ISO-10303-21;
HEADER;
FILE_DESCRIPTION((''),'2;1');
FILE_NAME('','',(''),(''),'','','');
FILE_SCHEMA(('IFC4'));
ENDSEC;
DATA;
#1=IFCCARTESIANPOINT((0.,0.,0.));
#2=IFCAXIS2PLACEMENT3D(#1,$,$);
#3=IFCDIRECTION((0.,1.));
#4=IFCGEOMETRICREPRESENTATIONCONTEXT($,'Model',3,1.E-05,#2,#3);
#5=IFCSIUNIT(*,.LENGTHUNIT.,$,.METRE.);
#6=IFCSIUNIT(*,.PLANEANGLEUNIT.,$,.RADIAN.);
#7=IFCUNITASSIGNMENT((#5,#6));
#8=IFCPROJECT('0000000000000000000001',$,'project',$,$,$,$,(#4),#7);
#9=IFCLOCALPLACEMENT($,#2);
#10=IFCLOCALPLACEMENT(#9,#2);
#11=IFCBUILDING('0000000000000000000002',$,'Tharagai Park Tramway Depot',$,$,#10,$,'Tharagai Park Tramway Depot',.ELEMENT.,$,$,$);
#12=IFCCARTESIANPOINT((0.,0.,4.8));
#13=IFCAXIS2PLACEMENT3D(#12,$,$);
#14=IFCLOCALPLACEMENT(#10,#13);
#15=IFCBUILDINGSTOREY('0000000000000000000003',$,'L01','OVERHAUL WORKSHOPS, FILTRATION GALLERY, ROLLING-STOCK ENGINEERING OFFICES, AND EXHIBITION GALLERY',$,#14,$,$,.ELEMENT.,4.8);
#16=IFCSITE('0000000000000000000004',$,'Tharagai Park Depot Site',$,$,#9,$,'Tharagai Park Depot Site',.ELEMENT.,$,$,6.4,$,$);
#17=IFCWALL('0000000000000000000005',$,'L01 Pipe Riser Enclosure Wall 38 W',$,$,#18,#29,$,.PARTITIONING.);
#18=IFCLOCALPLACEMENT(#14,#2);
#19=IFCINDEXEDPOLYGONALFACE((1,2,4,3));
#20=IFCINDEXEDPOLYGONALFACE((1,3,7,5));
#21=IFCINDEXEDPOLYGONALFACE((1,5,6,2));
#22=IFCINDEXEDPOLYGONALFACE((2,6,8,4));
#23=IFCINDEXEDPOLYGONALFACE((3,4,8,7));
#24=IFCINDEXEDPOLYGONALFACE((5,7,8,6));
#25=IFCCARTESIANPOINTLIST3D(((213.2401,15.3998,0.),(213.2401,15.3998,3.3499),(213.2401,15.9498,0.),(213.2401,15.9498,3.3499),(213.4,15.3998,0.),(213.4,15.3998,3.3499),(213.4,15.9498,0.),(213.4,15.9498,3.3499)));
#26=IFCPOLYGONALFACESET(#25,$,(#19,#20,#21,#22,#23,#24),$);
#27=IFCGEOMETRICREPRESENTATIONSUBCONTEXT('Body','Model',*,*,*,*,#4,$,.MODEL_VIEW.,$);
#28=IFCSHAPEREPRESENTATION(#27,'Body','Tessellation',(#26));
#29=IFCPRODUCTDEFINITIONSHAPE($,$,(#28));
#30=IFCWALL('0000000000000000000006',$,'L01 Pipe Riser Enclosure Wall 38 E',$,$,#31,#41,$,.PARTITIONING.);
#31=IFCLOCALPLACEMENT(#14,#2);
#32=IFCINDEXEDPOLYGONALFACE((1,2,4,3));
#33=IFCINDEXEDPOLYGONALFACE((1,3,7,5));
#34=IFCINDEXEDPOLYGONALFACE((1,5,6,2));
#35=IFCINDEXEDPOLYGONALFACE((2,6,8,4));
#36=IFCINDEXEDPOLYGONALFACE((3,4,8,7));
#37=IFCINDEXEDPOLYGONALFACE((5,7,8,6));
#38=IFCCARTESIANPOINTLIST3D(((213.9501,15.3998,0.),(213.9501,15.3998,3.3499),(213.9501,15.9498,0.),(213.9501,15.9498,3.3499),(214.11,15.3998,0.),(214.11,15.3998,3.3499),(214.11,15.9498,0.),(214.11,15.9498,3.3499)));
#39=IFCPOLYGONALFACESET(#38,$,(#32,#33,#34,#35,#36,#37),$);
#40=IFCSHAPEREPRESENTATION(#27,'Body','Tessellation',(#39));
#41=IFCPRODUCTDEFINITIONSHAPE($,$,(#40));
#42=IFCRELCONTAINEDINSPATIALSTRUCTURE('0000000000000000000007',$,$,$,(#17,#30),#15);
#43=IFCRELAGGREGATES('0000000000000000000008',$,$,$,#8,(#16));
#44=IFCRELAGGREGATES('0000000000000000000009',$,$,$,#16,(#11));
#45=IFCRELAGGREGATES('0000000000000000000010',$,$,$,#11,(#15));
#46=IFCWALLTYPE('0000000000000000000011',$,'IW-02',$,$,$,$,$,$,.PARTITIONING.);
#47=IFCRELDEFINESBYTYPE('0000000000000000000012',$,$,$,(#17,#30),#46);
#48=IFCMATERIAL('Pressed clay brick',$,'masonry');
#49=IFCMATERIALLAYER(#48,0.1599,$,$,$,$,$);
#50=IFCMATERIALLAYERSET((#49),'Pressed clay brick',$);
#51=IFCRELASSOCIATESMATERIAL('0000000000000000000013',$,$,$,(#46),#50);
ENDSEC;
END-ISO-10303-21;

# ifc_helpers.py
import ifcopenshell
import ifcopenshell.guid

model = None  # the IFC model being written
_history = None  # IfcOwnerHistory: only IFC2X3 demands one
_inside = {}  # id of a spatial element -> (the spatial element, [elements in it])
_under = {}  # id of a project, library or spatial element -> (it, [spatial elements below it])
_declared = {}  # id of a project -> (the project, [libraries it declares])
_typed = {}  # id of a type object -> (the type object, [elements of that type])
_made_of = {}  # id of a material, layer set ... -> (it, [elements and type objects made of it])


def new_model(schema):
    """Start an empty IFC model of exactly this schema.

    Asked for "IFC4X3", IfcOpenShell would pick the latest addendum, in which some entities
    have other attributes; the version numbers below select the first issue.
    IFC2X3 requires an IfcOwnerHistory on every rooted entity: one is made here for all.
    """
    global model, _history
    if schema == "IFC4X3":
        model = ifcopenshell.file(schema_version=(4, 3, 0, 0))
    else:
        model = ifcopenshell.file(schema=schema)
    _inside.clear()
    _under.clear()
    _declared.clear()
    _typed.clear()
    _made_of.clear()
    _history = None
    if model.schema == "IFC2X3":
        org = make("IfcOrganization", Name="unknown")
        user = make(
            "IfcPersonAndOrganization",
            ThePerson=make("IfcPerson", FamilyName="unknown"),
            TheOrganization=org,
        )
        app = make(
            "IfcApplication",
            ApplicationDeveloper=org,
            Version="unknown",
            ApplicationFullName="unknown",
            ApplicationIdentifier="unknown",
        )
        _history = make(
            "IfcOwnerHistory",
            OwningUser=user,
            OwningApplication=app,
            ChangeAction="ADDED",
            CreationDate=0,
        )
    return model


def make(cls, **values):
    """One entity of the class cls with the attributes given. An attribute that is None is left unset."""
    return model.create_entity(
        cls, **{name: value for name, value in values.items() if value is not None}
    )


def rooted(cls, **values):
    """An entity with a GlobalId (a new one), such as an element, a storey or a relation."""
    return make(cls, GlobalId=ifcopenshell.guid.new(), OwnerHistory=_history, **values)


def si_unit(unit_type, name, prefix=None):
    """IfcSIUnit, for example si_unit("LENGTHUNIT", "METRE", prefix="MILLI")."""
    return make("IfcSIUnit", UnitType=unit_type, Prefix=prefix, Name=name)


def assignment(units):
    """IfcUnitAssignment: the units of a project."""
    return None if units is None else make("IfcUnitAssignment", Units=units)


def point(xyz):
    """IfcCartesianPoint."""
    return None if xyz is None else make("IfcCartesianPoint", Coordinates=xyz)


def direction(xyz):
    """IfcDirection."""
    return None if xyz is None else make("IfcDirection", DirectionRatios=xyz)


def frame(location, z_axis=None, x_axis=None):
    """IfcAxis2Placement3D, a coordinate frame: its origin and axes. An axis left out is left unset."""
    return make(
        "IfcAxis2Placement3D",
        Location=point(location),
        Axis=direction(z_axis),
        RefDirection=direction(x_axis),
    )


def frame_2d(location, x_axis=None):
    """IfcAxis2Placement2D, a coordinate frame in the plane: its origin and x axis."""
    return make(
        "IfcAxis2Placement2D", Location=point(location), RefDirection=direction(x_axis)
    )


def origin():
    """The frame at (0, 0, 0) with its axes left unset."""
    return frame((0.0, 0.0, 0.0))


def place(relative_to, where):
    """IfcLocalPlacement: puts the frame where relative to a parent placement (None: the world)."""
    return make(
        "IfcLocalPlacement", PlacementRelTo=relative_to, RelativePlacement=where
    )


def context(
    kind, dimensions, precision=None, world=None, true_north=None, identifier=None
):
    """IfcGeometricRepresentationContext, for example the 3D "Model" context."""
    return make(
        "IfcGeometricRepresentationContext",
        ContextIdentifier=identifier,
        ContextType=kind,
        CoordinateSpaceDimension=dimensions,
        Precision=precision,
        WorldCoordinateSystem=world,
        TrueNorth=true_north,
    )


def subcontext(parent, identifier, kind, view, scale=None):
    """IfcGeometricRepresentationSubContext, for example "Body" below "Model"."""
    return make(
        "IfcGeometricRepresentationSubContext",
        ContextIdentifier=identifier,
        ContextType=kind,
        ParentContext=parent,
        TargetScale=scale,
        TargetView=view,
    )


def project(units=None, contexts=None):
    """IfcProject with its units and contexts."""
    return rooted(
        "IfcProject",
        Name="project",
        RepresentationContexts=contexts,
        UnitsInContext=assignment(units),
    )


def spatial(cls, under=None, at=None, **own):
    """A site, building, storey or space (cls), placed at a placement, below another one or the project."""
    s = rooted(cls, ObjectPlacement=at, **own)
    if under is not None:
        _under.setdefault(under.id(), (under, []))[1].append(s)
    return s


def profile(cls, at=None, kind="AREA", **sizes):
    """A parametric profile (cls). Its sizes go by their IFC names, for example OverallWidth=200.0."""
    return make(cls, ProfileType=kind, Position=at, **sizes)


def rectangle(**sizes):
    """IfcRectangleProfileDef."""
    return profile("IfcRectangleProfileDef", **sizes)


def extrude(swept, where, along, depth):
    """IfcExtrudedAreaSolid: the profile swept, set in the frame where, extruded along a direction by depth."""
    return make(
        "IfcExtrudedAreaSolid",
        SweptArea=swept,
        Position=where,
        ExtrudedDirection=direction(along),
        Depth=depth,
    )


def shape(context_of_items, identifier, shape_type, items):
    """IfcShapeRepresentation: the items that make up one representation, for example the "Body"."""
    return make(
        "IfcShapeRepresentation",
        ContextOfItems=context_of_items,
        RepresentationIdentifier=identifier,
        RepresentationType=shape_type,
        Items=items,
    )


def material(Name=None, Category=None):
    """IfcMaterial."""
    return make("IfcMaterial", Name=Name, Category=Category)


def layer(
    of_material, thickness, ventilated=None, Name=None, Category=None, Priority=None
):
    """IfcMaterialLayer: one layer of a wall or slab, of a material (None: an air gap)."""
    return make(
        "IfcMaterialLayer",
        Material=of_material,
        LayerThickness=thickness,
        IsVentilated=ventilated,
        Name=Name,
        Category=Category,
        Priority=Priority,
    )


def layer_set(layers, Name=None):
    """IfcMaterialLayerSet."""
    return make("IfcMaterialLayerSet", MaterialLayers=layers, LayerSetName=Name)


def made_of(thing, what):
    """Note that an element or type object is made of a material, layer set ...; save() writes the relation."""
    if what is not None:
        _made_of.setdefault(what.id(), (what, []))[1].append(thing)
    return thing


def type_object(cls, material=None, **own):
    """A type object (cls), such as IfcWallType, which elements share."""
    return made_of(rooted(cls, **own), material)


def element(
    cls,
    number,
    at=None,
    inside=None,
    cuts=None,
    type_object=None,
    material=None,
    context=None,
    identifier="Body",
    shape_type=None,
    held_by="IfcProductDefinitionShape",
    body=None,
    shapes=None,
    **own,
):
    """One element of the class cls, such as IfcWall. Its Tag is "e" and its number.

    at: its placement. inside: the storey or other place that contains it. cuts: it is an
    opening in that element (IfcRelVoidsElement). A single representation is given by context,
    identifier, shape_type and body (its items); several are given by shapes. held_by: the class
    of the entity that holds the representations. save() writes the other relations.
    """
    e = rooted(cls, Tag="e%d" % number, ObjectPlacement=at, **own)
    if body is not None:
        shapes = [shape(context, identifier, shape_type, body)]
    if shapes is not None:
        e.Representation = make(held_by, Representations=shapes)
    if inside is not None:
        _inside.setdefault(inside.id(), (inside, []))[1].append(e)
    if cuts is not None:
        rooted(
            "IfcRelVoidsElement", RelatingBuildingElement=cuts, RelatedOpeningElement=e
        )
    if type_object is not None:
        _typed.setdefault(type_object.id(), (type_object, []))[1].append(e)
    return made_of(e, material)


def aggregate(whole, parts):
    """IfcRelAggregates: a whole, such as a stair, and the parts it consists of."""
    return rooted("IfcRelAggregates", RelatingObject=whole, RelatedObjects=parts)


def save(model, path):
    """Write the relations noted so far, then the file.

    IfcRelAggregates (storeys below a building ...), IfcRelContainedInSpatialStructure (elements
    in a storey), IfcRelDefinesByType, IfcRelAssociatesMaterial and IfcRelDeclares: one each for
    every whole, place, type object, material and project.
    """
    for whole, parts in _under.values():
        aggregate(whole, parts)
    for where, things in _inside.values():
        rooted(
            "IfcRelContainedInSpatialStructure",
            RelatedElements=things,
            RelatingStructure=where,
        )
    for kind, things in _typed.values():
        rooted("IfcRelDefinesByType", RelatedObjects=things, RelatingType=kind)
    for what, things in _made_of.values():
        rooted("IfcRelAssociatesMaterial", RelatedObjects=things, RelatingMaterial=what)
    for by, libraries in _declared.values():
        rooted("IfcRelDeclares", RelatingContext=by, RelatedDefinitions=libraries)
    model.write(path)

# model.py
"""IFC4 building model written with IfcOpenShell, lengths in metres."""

from ifc_helpers import new_model, si_unit, direction, frame, frame_2d, origin, place, context, subcontext, project, spatial, rectangle, extrude, material, layer, layer_set, type_object, element, save


model = new_model("IFC4")

# Units and contexts
model_context = context("Model", 3, precision=1e-05, world=origin(), true_north=direction((0.0, 1.0)))
body_context = subcontext(model_context, "Body", "Model", "MODEL_VIEW")
ifc_project = project(units=[si_unit("LENGTHUNIT", "METRE"), si_unit("PLANEANGLEUNIT", "RADIAN")], contexts=[model_context])

# Site, building, storey
site_placement = place(None, origin())
site = spatial("IfcSite", under=ifc_project, at=site_placement, Name="Tharagai Park Depot Site", LongName="Tharagai Park Depot Site", CompositionType="ELEMENT", RefElevation=6.4)
building_placement = place(site_placement, origin())
building = spatial("IfcBuilding", under=site, at=building_placement, Name="Tharagai Park Tramway Depot", LongName="Tharagai Park Tramway Depot", CompositionType="ELEMENT")
storey_placement = place(building_placement, frame((0.0, 0.0, 4.8)))
storey = spatial("IfcBuildingStorey", under=building, at=storey_placement, Name="L01", Description="OVERHAUL WORKSHOPS, FILTRATION GALLERY, ROLLING-STOCK ENGINEERING OFFICES, AND EXHIBITION GALLERY", CompositionType="ELEMENT", Elevation=4.8)

# Walls
ifc_material_1 = material(Name="Pressed clay brick", Category="masonry")
ifc_layer_1 = layer(ifc_material_1, 0.1599)
ifc_layer_set_1 = layer_set([ifc_layer_1], Name="Pressed clay brick")
wall_type = type_object("IfcWallType", Name="IW-02", PredefinedType="PARTITIONING", material=ifc_layer_set_1)
for number, where, z_axis, x_axis, name in (
    (1, (213.3201, 15.3999, 0.0), (0.0, 0.0, 1.0), (0.0, 1.0, 0.0), "L01 Pipe Riser Enclosure Wall 38 W"),
    (2, (214.03, 15.3999, 0.0), (0.0, 0.0, 1.0), (0.0, 1.0, 0.0), "L01 Pipe Riser Enclosure Wall 38 E"),
):
    element("IfcWall", number, at=place(storey_placement, frame(where, z_axis=z_axis, x_axis=x_axis)), inside=storey, type_object=wall_type, Name=name, PredefinedType="PARTITIONING", context=body_context, shape_type="SweptSolid", body=[
        extrude(rectangle(XDim=0.55, YDim=0.1599, at=frame_2d((0.2749, 0.0))), origin(), (0.0, 0.0, 1.0), 3.3499),
    ])

save(model, "model.ifc")
